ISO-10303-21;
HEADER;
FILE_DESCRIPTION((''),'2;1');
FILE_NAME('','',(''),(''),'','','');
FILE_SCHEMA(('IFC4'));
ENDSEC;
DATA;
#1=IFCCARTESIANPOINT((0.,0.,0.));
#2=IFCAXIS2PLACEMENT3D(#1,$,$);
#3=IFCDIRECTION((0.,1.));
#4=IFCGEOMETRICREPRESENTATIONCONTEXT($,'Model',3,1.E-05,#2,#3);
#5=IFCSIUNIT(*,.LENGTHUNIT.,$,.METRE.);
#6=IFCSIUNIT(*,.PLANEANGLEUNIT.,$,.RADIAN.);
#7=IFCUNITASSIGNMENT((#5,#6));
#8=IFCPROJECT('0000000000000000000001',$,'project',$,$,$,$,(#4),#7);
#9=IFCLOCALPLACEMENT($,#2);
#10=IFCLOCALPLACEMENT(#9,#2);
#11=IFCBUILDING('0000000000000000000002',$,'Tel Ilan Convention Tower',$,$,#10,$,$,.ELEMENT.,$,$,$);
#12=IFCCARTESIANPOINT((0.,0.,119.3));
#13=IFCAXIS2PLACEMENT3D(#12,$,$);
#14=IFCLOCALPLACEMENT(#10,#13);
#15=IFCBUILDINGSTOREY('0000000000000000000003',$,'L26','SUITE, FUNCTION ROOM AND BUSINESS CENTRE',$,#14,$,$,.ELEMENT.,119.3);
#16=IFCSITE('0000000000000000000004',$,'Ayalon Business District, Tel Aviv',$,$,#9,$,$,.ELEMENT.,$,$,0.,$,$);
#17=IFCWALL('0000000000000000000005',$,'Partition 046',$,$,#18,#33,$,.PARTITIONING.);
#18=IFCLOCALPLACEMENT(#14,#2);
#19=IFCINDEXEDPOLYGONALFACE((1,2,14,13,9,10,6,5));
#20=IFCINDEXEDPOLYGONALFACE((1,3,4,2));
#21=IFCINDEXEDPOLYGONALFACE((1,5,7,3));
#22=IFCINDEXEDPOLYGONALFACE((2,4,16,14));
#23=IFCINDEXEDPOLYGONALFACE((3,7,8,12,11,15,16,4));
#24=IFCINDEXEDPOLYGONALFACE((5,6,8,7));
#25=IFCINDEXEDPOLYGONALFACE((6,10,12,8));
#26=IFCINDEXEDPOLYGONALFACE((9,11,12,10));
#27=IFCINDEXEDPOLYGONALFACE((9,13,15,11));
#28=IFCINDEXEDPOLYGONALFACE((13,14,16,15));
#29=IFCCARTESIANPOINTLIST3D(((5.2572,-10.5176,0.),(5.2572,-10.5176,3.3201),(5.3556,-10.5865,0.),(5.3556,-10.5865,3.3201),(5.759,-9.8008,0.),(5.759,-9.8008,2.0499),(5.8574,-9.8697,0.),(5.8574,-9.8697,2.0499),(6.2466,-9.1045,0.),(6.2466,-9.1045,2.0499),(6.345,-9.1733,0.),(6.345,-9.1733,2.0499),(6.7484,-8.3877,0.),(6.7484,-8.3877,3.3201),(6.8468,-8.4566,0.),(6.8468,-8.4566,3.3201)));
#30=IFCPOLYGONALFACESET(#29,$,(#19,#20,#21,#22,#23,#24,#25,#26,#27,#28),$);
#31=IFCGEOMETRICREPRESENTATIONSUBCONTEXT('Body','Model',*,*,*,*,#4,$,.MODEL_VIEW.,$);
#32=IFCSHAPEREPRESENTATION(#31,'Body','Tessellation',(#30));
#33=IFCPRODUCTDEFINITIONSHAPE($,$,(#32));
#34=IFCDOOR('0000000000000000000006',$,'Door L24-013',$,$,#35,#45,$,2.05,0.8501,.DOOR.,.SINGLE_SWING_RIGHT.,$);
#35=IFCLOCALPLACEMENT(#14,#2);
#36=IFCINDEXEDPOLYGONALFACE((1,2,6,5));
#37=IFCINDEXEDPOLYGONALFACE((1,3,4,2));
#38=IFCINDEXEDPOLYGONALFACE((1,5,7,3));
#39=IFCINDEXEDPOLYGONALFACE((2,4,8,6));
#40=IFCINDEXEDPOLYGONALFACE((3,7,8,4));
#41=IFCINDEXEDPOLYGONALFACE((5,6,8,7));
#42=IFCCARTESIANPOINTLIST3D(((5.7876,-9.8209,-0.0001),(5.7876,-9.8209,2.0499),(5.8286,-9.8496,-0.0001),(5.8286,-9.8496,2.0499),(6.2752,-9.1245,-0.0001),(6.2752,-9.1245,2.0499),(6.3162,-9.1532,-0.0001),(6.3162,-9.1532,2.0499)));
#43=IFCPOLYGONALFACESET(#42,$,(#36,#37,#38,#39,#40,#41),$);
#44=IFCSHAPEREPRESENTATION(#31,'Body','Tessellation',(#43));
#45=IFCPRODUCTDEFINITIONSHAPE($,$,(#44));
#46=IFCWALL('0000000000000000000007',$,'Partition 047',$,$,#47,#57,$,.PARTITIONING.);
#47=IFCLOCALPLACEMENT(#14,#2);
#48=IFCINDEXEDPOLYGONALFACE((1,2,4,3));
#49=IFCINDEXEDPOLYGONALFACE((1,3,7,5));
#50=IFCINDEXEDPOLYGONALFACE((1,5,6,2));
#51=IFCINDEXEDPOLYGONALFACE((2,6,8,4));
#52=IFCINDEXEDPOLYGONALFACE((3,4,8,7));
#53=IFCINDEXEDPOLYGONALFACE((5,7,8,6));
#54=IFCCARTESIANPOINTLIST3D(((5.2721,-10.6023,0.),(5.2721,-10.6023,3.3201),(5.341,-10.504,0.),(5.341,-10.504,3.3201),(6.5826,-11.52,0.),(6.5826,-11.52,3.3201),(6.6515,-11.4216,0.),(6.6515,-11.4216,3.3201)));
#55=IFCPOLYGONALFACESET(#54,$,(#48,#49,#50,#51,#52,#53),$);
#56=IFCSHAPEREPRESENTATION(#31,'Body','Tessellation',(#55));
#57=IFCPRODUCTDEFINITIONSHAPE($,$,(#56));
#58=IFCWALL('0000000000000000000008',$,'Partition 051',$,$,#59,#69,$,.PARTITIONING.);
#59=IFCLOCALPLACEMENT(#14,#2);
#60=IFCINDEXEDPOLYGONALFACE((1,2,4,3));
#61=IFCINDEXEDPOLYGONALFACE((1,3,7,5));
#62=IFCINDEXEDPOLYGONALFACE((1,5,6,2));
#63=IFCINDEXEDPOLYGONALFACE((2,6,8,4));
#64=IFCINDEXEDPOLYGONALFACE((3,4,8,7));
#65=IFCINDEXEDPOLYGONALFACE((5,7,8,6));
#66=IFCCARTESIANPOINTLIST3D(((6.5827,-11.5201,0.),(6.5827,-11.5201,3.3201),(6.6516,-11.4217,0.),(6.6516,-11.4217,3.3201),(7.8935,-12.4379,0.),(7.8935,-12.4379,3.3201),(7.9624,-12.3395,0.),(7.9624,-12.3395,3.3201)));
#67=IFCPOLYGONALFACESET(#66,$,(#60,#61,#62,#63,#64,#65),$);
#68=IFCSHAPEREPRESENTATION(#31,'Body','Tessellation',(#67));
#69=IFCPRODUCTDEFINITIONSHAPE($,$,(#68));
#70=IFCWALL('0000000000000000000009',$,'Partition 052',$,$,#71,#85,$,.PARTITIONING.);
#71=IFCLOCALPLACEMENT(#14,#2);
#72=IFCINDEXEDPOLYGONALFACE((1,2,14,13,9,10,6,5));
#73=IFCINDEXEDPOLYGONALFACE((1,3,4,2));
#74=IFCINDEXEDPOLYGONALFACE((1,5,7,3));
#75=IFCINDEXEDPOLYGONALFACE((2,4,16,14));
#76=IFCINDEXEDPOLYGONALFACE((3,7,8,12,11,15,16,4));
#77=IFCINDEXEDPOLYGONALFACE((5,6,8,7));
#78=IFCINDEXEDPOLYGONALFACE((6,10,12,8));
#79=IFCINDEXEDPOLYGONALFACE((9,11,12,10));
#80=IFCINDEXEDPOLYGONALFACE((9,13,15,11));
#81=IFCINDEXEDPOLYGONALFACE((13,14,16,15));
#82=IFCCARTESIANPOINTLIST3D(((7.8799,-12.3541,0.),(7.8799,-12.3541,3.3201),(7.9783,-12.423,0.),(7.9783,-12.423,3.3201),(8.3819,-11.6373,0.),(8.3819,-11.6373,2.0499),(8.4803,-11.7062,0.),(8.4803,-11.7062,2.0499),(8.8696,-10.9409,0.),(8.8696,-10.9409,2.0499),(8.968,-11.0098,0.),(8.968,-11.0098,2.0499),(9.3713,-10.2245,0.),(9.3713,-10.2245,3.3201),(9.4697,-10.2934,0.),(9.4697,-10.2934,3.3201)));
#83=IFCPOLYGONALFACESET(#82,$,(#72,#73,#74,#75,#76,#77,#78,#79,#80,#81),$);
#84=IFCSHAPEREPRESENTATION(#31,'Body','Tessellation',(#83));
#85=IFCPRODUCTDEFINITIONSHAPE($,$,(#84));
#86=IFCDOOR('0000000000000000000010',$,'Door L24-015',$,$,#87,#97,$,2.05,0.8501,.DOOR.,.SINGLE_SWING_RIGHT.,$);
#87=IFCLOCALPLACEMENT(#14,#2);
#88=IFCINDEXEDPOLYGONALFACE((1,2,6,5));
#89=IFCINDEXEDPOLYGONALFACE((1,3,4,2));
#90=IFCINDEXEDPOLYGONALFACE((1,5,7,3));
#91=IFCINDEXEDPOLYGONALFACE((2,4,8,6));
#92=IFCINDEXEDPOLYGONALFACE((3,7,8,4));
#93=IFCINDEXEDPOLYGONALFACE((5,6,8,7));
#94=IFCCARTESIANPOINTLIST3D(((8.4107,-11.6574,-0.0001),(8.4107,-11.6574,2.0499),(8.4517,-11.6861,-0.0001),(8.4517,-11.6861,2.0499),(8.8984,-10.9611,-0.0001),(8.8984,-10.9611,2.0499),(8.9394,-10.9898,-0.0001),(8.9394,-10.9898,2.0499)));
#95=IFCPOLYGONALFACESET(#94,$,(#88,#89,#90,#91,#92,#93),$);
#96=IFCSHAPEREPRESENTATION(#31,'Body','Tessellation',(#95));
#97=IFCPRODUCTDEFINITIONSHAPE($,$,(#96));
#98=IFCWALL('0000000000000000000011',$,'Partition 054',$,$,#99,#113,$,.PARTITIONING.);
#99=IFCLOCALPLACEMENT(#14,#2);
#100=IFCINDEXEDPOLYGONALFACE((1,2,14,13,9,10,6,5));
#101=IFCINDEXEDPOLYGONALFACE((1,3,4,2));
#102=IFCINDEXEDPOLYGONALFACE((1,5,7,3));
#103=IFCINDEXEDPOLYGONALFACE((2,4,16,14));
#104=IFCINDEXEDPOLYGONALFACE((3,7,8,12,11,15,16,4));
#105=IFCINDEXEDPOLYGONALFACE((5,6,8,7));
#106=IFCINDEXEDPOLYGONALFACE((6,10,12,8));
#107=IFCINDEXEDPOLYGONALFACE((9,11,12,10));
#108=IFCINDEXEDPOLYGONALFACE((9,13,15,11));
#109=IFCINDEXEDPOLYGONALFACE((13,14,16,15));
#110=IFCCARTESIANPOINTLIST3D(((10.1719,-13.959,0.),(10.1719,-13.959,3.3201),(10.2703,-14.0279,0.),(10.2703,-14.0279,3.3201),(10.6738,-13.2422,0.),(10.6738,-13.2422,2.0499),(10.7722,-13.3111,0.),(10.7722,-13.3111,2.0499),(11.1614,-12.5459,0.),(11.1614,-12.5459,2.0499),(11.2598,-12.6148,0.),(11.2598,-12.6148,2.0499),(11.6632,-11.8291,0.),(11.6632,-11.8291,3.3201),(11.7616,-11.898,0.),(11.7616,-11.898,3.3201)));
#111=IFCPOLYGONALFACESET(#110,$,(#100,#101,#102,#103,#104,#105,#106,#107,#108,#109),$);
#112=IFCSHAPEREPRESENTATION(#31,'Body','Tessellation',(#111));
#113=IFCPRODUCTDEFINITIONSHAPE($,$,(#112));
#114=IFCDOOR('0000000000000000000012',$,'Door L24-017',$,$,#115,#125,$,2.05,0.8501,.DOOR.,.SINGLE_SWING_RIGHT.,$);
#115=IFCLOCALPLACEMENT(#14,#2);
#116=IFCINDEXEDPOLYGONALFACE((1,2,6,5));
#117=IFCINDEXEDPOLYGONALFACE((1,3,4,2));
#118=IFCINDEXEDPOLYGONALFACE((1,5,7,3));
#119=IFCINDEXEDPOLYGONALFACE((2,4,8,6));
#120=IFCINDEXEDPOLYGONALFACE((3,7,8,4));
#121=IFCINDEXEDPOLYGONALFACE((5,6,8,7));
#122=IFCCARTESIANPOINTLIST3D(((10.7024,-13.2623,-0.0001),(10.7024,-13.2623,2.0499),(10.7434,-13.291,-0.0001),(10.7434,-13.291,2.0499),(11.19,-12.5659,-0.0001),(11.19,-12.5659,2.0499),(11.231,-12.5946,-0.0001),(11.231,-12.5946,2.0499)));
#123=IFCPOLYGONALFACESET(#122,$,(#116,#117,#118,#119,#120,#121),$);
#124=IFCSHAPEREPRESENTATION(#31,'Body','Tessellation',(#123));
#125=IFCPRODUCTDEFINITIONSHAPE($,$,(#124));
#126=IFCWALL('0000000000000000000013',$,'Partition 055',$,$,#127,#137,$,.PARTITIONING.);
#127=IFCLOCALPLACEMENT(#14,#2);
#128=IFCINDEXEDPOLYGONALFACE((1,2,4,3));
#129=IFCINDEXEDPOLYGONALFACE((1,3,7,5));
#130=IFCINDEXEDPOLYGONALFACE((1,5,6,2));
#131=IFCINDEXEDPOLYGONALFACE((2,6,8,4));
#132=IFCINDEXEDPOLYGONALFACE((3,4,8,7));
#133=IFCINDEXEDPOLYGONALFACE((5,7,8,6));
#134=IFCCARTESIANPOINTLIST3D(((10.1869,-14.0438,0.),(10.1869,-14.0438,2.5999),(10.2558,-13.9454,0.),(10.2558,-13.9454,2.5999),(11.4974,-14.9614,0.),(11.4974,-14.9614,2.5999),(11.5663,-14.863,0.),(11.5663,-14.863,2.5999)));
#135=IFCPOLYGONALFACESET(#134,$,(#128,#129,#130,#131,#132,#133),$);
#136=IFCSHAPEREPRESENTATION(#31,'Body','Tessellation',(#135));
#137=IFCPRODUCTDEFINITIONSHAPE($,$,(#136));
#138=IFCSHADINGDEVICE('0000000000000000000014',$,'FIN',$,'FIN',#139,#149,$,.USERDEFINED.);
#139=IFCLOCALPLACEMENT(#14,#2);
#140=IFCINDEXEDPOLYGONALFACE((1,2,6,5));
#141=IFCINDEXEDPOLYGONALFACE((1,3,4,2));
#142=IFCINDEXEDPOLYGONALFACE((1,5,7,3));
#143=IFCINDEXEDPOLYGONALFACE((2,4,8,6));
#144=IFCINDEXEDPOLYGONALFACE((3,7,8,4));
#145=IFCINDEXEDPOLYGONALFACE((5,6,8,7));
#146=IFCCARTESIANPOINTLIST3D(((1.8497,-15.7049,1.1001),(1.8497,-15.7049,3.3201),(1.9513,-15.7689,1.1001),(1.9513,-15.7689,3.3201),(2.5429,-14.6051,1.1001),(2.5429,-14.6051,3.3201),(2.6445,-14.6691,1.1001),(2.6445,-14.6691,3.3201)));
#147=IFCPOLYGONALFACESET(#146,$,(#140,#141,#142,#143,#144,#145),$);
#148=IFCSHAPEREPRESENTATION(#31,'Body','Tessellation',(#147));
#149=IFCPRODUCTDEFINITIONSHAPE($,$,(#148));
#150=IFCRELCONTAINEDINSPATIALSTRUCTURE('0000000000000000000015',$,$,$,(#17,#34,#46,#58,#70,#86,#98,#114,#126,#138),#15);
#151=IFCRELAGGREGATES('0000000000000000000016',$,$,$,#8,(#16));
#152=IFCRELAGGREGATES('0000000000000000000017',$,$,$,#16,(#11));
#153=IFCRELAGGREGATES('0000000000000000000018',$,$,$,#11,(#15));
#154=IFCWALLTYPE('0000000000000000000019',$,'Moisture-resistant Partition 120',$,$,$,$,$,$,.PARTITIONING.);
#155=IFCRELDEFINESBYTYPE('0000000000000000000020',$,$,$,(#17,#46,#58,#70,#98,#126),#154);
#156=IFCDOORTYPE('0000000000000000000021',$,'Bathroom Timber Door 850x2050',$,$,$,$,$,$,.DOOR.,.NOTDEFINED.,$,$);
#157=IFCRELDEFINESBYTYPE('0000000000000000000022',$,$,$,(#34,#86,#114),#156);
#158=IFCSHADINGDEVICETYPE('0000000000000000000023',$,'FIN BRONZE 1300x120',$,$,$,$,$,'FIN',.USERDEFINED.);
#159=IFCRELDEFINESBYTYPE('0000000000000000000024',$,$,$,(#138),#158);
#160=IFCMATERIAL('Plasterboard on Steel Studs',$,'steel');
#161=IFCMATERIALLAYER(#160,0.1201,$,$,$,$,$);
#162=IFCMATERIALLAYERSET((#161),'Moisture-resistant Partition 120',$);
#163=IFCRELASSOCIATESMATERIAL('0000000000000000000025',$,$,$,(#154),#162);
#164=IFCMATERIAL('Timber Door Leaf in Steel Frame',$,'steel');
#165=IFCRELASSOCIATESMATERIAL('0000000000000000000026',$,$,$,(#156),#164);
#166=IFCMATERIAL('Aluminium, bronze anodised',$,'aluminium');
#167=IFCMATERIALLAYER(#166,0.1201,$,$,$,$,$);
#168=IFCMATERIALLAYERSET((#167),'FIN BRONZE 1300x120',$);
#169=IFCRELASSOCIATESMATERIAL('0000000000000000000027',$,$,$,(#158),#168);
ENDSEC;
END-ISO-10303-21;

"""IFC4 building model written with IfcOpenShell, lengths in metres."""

from ifc_helpers import new_model, si_unit, direction, frame, frame_2d, origin, origin_2d, place, context, subcontext, project, spatial, rectangle, extrude, material, layer, layer_set, type_object, element, fill, save


model = new_model("IFC4")

# Units and contexts
model_context = context("Model", 3, precision=1e-05, world=origin(), true_north=direction((0.0, 1.0)))
body_context = subcontext(model_context, "Body", "Model", "MODEL_VIEW")
ifc_project = project(units=[si_unit("LENGTHUNIT", "METRE"), si_unit("PLANEANGLEUNIT", "RADIAN")], contexts=[model_context])

# Site, building, storey
site_placement = place(None, origin())
site = spatial("IfcSite", under=ifc_project, at=site_placement, Name="Ayalon Business District, Tel Aviv", CompositionType="ELEMENT", RefElevation=0.0)
building_placement = place(site_placement, origin())
building = spatial("IfcBuilding", under=site, at=building_placement, Name="Tel Ilan Convention Tower", CompositionType="ELEMENT")
storey_placement = place(building_placement, frame((0.0, 0.0, 119.3)))
storey = spatial("IfcBuildingStorey", under=building, at=storey_placement, Name="L26", Description="SUITE, FUNCTION ROOM AND BUSINESS CENTRE", CompositionType="ELEMENT", Elevation=119.3)

# Wall, opening, door
ifc_material_1 = material(Name="Plasterboard on Steel Studs", Category="steel")
ifc_layer_1 = layer(ifc_material_1, 0.1201)
ifc_layer_set_1 = layer_set([ifc_layer_1], Name="Moisture-resistant Partition 120")
wall_type_1 = type_object("IfcWallType", Name="Moisture-resistant Partition 120", PredefinedType="PARTITIONING", material=ifc_layer_set_1)
wall_1_placement = place(storey_placement, frame((6.7976, -8.4221, 0.0), z_axis=(0.0, 0.0, 1.0), x_axis=(-0.573538, -0.819179, 0.0)))
wall_1 = element("IfcWall", 1, at=wall_1_placement, inside=storey, type_object=wall_type_1, Name="Partition 046", PredefinedType="PARTITIONING", context=body_context, shape_type="SweptSolid", body=[
    extrude(rectangle(XDim=2.6001, YDim=0.1201, at=frame_2d((1.3, 0.0))), origin(), (0.0, 0.0, 1.0), 3.3201),
])
opening_1_placement = place(wall_1_placement, frame((0.875, 0.0, 0.0)))
opening_1 = element("IfcOpeningElement", 2, at=opening_1_placement, cuts=wall_1, PredefinedType="OPENING", context=body_context, shape_type="SweptSolid", body=[
    extrude(rectangle(XDim=0.8501, YDim=2.05, at=frame_2d((0.425, 1.0249))), frame((0.0, 0.0701, 0.0), z_axis=(0.0, -1.0, 0.0), x_axis=(1.0, 0.0, 0.0)), (0.0, 0.0, 1.0), 0.1401),
])
ifc_material_2 = material(Name="Timber Door Leaf in Steel Frame", Category="steel")
door_type_1 = type_object("IfcDoorType", Name="Bathroom Timber Door 850x2050", OperationType="NOTDEFINED", PredefinedType="DOOR", material=ifc_material_2)
door_1_placement = place(opening_1_placement, origin())
door_1 = element("IfcDoor", 3, at=door_1_placement, inside=storey, type_object=door_type_1, Name="Door L24-013", OperationType="SINGLE_SWING_RIGHT", OverallHeight=2.05, OverallWidth=0.8501, PredefinedType="DOOR", context=body_context, shape_type="SweptSolid", body=[
    extrude(rectangle(XDim=0.8501, YDim=2.05, at=frame_2d((0.425, 1.0249))), frame((0.0, 0.0249, 0.0), z_axis=(0.0, -1.0, 0.0), x_axis=(1.0, 0.0, 0.0)), (0.0, 0.0, 1.0), 0.05),
])
fill(opening_1, door_1)

# Walls
wall_2_placement = place(storey_placement, frame((5.3066, -10.5532, 0.0), z_axis=(0.0, 0.0, 1.0), x_axis=(0.819132, -0.573606, 0.0)))
element("IfcWall", 4, at=wall_2_placement, inside=storey, type_object=wall_type_1, Name="Partition 047", PredefinedType="PARTITIONING", context=body_context, shape_type="SweptSolid", body=[
    extrude(rectangle(XDim=1.5999, YDim=0.1201, at=frame_2d((0.7998, 0.0))), origin(), (0.0, 0.0, 1.0), 3.3201),
])
wall_3_placement = place(storey_placement, frame((6.6172, -11.4709, 0.0), z_axis=(0.0, 0.0, 1.0), x_axis=(0.819182, -0.573534, 0.0)))
element("IfcWall", 5, at=wall_3_placement, inside=storey, type_object=wall_type_1, Name="Partition 051", PredefinedType="PARTITIONING", context=body_context, shape_type="SweptSolid", body=[
    extrude(rectangle(XDim=1.6001, YDim=0.1201, at=frame_2d((0.8, 0.0))), origin(), (0.0, 0.0, 1.0), 3.3201),
])

# Walls, openings, doors
wall_4_placement = place(storey_placement, frame((7.9292, -12.3884, 0.0), z_axis=(0.0, 0.0, 1.0), x_axis=(0.573645, 0.819104, 0.0)))
wall_4 = element("IfcWall", 6, at=wall_4_placement, inside=storey, type_object=wall_type_1, Name="Partition 052", PredefinedType="PARTITIONING", context=body_context, shape_type="SweptSolid", body=[
    extrude(rectangle(XDim=2.5999, YDim=0.1201, at=frame_2d((1.2998, 0.0))), origin(), (0.0, 0.0, 1.0), 3.3201),
])
opening_2_placement = place(wall_4_placement, frame((0.875, 0.0, 0.0)))
opening_2 = element("IfcOpeningElement", 7, at=opening_2_placement, cuts=wall_4, PredefinedType="OPENING", context=body_context, shape_type="SweptSolid", body=[
    extrude(rectangle(XDim=0.8501, YDim=2.05, at=frame_2d((0.425, 1.0249))), frame((0.0, 0.0701, 0.0), z_axis=(0.0, -1.0, 0.0), x_axis=(1.0, 0.0, 0.0)), (0.0, 0.0, 1.0), 0.1401),
])
door_2_placement = place(opening_2_placement, origin())
door_2 = element("IfcDoor", 8, at=door_2_placement, inside=storey, type_object=door_type_1, Name="Door L24-015", OperationType="SINGLE_SWING_RIGHT", OverallHeight=2.05, OverallWidth=0.8501, PredefinedType="DOOR", context=body_context, shape_type="SweptSolid", body=[
    extrude(rectangle(XDim=0.8501, YDim=2.05, at=frame_2d((0.425, 1.0249))), frame((0.0, 0.0249, 0.0), z_axis=(0.0, -1.0, 0.0), x_axis=(1.0, 0.0, 0.0)), (0.0, 0.0, 1.0), 0.05),
])
fill(opening_2, door_2)
wall_5_placement = place(storey_placement, frame((11.7124, -11.8635, 0.0), z_axis=(0.0, 0.0, 1.0), x_axis=(-0.573538, -0.819179, 0.0)))
wall_5 = element("IfcWall", 9, at=wall_5_placement, inside=storey, type_object=wall_type_1, Name="Partition 054", PredefinedType="PARTITIONING", context=body_context, shape_type="SweptSolid", body=[
    extrude(rectangle(XDim=2.6001, YDim=0.1201, at=frame_2d((1.3, 0.0))), origin(), (0.0, 0.0, 1.0), 3.3201),
])
opening_3_placement = place(wall_5_placement, frame((0.875, 0.0, 0.0)))
opening_3 = element("IfcOpeningElement", 10, at=opening_3_placement, cuts=wall_5, PredefinedType="OPENING", context=body_context, shape_type="SweptSolid", body=[
    extrude(rectangle(XDim=0.8501, YDim=2.05, at=frame_2d((0.425, 1.0249))), frame((0.0, 0.0701, 0.0), z_axis=(0.0, -1.0, 0.0), x_axis=(1.0, 0.0, 0.0)), (0.0, 0.0, 1.0), 0.1401),
])
door_3_placement = place(opening_3_placement, origin())
door_3 = element("IfcDoor", 11, at=door_3_placement, inside=storey, type_object=door_type_1, Name="Door L24-017", OperationType="SINGLE_SWING_RIGHT", OverallHeight=2.05, OverallWidth=0.8501, PredefinedType="DOOR", context=body_context, shape_type="SweptSolid", body=[
    extrude(rectangle(XDim=0.8501, YDim=2.05, at=frame_2d((0.425, 1.0249))), frame((0.0, 0.0249, 0.0), z_axis=(0.0, -1.0, 0.0), x_axis=(1.0, 0.0, 0.0)), (0.0, 0.0, 1.0), 0.05),
])
fill(opening_3, door_3)

# Wall
wall_6_placement = place(storey_placement, frame((10.2214, -13.9946, 0.0), z_axis=(0.0, 0.0, 1.0), x_axis=(0.819132, -0.573606, 0.0)))
element("IfcWall", 12, at=wall_6_placement, inside=storey, type_object=wall_type_1, Name="Partition 055", PredefinedType="PARTITIONING", context=body_context, shape_type="SweptSolid", body=[
    extrude(rectangle(XDim=1.5999, YDim=0.1201, at=frame_2d((0.7998, 0.0))), origin(), (0.0, 0.0, 1.0), 2.5999),
])

# Shading device
ifc_material_3 = material(Name="Aluminium, bronze anodised", Category="aluminium")
ifc_layer_2 = layer(ifc_material_3, 0.1201)
ifc_layer_set_2 = layer_set([ifc_layer_2], Name="FIN BRONZE 1300x120")
shading_device_type = type_object("IfcShadingDeviceType", Name="FIN BRONZE 1300x120", ElementType="FIN", PredefinedType="USERDEFINED", material=ifc_layer_set_2)
shading_device_placement = place(storey_placement, frame((2.2471, -15.187, 1.1001), z_axis=(0.0, 0.0, 1.0), x_axis=(-0.533204, -0.845986, 0.0)))
element("IfcShadingDevice", 13, at=shading_device_placement, inside=storey, type_object=shading_device_type, Name="FIN", ObjectType="FIN", PredefinedType="USERDEFINED", context=body_context, shape_type="SweptSolid", body=[
    extrude(rectangle(XDim=1.3, YDim=0.1201, at=origin_2d()), origin(), (0.0, 0.0, 1.0), 2.22),
])

save(model, "model.ifc")
